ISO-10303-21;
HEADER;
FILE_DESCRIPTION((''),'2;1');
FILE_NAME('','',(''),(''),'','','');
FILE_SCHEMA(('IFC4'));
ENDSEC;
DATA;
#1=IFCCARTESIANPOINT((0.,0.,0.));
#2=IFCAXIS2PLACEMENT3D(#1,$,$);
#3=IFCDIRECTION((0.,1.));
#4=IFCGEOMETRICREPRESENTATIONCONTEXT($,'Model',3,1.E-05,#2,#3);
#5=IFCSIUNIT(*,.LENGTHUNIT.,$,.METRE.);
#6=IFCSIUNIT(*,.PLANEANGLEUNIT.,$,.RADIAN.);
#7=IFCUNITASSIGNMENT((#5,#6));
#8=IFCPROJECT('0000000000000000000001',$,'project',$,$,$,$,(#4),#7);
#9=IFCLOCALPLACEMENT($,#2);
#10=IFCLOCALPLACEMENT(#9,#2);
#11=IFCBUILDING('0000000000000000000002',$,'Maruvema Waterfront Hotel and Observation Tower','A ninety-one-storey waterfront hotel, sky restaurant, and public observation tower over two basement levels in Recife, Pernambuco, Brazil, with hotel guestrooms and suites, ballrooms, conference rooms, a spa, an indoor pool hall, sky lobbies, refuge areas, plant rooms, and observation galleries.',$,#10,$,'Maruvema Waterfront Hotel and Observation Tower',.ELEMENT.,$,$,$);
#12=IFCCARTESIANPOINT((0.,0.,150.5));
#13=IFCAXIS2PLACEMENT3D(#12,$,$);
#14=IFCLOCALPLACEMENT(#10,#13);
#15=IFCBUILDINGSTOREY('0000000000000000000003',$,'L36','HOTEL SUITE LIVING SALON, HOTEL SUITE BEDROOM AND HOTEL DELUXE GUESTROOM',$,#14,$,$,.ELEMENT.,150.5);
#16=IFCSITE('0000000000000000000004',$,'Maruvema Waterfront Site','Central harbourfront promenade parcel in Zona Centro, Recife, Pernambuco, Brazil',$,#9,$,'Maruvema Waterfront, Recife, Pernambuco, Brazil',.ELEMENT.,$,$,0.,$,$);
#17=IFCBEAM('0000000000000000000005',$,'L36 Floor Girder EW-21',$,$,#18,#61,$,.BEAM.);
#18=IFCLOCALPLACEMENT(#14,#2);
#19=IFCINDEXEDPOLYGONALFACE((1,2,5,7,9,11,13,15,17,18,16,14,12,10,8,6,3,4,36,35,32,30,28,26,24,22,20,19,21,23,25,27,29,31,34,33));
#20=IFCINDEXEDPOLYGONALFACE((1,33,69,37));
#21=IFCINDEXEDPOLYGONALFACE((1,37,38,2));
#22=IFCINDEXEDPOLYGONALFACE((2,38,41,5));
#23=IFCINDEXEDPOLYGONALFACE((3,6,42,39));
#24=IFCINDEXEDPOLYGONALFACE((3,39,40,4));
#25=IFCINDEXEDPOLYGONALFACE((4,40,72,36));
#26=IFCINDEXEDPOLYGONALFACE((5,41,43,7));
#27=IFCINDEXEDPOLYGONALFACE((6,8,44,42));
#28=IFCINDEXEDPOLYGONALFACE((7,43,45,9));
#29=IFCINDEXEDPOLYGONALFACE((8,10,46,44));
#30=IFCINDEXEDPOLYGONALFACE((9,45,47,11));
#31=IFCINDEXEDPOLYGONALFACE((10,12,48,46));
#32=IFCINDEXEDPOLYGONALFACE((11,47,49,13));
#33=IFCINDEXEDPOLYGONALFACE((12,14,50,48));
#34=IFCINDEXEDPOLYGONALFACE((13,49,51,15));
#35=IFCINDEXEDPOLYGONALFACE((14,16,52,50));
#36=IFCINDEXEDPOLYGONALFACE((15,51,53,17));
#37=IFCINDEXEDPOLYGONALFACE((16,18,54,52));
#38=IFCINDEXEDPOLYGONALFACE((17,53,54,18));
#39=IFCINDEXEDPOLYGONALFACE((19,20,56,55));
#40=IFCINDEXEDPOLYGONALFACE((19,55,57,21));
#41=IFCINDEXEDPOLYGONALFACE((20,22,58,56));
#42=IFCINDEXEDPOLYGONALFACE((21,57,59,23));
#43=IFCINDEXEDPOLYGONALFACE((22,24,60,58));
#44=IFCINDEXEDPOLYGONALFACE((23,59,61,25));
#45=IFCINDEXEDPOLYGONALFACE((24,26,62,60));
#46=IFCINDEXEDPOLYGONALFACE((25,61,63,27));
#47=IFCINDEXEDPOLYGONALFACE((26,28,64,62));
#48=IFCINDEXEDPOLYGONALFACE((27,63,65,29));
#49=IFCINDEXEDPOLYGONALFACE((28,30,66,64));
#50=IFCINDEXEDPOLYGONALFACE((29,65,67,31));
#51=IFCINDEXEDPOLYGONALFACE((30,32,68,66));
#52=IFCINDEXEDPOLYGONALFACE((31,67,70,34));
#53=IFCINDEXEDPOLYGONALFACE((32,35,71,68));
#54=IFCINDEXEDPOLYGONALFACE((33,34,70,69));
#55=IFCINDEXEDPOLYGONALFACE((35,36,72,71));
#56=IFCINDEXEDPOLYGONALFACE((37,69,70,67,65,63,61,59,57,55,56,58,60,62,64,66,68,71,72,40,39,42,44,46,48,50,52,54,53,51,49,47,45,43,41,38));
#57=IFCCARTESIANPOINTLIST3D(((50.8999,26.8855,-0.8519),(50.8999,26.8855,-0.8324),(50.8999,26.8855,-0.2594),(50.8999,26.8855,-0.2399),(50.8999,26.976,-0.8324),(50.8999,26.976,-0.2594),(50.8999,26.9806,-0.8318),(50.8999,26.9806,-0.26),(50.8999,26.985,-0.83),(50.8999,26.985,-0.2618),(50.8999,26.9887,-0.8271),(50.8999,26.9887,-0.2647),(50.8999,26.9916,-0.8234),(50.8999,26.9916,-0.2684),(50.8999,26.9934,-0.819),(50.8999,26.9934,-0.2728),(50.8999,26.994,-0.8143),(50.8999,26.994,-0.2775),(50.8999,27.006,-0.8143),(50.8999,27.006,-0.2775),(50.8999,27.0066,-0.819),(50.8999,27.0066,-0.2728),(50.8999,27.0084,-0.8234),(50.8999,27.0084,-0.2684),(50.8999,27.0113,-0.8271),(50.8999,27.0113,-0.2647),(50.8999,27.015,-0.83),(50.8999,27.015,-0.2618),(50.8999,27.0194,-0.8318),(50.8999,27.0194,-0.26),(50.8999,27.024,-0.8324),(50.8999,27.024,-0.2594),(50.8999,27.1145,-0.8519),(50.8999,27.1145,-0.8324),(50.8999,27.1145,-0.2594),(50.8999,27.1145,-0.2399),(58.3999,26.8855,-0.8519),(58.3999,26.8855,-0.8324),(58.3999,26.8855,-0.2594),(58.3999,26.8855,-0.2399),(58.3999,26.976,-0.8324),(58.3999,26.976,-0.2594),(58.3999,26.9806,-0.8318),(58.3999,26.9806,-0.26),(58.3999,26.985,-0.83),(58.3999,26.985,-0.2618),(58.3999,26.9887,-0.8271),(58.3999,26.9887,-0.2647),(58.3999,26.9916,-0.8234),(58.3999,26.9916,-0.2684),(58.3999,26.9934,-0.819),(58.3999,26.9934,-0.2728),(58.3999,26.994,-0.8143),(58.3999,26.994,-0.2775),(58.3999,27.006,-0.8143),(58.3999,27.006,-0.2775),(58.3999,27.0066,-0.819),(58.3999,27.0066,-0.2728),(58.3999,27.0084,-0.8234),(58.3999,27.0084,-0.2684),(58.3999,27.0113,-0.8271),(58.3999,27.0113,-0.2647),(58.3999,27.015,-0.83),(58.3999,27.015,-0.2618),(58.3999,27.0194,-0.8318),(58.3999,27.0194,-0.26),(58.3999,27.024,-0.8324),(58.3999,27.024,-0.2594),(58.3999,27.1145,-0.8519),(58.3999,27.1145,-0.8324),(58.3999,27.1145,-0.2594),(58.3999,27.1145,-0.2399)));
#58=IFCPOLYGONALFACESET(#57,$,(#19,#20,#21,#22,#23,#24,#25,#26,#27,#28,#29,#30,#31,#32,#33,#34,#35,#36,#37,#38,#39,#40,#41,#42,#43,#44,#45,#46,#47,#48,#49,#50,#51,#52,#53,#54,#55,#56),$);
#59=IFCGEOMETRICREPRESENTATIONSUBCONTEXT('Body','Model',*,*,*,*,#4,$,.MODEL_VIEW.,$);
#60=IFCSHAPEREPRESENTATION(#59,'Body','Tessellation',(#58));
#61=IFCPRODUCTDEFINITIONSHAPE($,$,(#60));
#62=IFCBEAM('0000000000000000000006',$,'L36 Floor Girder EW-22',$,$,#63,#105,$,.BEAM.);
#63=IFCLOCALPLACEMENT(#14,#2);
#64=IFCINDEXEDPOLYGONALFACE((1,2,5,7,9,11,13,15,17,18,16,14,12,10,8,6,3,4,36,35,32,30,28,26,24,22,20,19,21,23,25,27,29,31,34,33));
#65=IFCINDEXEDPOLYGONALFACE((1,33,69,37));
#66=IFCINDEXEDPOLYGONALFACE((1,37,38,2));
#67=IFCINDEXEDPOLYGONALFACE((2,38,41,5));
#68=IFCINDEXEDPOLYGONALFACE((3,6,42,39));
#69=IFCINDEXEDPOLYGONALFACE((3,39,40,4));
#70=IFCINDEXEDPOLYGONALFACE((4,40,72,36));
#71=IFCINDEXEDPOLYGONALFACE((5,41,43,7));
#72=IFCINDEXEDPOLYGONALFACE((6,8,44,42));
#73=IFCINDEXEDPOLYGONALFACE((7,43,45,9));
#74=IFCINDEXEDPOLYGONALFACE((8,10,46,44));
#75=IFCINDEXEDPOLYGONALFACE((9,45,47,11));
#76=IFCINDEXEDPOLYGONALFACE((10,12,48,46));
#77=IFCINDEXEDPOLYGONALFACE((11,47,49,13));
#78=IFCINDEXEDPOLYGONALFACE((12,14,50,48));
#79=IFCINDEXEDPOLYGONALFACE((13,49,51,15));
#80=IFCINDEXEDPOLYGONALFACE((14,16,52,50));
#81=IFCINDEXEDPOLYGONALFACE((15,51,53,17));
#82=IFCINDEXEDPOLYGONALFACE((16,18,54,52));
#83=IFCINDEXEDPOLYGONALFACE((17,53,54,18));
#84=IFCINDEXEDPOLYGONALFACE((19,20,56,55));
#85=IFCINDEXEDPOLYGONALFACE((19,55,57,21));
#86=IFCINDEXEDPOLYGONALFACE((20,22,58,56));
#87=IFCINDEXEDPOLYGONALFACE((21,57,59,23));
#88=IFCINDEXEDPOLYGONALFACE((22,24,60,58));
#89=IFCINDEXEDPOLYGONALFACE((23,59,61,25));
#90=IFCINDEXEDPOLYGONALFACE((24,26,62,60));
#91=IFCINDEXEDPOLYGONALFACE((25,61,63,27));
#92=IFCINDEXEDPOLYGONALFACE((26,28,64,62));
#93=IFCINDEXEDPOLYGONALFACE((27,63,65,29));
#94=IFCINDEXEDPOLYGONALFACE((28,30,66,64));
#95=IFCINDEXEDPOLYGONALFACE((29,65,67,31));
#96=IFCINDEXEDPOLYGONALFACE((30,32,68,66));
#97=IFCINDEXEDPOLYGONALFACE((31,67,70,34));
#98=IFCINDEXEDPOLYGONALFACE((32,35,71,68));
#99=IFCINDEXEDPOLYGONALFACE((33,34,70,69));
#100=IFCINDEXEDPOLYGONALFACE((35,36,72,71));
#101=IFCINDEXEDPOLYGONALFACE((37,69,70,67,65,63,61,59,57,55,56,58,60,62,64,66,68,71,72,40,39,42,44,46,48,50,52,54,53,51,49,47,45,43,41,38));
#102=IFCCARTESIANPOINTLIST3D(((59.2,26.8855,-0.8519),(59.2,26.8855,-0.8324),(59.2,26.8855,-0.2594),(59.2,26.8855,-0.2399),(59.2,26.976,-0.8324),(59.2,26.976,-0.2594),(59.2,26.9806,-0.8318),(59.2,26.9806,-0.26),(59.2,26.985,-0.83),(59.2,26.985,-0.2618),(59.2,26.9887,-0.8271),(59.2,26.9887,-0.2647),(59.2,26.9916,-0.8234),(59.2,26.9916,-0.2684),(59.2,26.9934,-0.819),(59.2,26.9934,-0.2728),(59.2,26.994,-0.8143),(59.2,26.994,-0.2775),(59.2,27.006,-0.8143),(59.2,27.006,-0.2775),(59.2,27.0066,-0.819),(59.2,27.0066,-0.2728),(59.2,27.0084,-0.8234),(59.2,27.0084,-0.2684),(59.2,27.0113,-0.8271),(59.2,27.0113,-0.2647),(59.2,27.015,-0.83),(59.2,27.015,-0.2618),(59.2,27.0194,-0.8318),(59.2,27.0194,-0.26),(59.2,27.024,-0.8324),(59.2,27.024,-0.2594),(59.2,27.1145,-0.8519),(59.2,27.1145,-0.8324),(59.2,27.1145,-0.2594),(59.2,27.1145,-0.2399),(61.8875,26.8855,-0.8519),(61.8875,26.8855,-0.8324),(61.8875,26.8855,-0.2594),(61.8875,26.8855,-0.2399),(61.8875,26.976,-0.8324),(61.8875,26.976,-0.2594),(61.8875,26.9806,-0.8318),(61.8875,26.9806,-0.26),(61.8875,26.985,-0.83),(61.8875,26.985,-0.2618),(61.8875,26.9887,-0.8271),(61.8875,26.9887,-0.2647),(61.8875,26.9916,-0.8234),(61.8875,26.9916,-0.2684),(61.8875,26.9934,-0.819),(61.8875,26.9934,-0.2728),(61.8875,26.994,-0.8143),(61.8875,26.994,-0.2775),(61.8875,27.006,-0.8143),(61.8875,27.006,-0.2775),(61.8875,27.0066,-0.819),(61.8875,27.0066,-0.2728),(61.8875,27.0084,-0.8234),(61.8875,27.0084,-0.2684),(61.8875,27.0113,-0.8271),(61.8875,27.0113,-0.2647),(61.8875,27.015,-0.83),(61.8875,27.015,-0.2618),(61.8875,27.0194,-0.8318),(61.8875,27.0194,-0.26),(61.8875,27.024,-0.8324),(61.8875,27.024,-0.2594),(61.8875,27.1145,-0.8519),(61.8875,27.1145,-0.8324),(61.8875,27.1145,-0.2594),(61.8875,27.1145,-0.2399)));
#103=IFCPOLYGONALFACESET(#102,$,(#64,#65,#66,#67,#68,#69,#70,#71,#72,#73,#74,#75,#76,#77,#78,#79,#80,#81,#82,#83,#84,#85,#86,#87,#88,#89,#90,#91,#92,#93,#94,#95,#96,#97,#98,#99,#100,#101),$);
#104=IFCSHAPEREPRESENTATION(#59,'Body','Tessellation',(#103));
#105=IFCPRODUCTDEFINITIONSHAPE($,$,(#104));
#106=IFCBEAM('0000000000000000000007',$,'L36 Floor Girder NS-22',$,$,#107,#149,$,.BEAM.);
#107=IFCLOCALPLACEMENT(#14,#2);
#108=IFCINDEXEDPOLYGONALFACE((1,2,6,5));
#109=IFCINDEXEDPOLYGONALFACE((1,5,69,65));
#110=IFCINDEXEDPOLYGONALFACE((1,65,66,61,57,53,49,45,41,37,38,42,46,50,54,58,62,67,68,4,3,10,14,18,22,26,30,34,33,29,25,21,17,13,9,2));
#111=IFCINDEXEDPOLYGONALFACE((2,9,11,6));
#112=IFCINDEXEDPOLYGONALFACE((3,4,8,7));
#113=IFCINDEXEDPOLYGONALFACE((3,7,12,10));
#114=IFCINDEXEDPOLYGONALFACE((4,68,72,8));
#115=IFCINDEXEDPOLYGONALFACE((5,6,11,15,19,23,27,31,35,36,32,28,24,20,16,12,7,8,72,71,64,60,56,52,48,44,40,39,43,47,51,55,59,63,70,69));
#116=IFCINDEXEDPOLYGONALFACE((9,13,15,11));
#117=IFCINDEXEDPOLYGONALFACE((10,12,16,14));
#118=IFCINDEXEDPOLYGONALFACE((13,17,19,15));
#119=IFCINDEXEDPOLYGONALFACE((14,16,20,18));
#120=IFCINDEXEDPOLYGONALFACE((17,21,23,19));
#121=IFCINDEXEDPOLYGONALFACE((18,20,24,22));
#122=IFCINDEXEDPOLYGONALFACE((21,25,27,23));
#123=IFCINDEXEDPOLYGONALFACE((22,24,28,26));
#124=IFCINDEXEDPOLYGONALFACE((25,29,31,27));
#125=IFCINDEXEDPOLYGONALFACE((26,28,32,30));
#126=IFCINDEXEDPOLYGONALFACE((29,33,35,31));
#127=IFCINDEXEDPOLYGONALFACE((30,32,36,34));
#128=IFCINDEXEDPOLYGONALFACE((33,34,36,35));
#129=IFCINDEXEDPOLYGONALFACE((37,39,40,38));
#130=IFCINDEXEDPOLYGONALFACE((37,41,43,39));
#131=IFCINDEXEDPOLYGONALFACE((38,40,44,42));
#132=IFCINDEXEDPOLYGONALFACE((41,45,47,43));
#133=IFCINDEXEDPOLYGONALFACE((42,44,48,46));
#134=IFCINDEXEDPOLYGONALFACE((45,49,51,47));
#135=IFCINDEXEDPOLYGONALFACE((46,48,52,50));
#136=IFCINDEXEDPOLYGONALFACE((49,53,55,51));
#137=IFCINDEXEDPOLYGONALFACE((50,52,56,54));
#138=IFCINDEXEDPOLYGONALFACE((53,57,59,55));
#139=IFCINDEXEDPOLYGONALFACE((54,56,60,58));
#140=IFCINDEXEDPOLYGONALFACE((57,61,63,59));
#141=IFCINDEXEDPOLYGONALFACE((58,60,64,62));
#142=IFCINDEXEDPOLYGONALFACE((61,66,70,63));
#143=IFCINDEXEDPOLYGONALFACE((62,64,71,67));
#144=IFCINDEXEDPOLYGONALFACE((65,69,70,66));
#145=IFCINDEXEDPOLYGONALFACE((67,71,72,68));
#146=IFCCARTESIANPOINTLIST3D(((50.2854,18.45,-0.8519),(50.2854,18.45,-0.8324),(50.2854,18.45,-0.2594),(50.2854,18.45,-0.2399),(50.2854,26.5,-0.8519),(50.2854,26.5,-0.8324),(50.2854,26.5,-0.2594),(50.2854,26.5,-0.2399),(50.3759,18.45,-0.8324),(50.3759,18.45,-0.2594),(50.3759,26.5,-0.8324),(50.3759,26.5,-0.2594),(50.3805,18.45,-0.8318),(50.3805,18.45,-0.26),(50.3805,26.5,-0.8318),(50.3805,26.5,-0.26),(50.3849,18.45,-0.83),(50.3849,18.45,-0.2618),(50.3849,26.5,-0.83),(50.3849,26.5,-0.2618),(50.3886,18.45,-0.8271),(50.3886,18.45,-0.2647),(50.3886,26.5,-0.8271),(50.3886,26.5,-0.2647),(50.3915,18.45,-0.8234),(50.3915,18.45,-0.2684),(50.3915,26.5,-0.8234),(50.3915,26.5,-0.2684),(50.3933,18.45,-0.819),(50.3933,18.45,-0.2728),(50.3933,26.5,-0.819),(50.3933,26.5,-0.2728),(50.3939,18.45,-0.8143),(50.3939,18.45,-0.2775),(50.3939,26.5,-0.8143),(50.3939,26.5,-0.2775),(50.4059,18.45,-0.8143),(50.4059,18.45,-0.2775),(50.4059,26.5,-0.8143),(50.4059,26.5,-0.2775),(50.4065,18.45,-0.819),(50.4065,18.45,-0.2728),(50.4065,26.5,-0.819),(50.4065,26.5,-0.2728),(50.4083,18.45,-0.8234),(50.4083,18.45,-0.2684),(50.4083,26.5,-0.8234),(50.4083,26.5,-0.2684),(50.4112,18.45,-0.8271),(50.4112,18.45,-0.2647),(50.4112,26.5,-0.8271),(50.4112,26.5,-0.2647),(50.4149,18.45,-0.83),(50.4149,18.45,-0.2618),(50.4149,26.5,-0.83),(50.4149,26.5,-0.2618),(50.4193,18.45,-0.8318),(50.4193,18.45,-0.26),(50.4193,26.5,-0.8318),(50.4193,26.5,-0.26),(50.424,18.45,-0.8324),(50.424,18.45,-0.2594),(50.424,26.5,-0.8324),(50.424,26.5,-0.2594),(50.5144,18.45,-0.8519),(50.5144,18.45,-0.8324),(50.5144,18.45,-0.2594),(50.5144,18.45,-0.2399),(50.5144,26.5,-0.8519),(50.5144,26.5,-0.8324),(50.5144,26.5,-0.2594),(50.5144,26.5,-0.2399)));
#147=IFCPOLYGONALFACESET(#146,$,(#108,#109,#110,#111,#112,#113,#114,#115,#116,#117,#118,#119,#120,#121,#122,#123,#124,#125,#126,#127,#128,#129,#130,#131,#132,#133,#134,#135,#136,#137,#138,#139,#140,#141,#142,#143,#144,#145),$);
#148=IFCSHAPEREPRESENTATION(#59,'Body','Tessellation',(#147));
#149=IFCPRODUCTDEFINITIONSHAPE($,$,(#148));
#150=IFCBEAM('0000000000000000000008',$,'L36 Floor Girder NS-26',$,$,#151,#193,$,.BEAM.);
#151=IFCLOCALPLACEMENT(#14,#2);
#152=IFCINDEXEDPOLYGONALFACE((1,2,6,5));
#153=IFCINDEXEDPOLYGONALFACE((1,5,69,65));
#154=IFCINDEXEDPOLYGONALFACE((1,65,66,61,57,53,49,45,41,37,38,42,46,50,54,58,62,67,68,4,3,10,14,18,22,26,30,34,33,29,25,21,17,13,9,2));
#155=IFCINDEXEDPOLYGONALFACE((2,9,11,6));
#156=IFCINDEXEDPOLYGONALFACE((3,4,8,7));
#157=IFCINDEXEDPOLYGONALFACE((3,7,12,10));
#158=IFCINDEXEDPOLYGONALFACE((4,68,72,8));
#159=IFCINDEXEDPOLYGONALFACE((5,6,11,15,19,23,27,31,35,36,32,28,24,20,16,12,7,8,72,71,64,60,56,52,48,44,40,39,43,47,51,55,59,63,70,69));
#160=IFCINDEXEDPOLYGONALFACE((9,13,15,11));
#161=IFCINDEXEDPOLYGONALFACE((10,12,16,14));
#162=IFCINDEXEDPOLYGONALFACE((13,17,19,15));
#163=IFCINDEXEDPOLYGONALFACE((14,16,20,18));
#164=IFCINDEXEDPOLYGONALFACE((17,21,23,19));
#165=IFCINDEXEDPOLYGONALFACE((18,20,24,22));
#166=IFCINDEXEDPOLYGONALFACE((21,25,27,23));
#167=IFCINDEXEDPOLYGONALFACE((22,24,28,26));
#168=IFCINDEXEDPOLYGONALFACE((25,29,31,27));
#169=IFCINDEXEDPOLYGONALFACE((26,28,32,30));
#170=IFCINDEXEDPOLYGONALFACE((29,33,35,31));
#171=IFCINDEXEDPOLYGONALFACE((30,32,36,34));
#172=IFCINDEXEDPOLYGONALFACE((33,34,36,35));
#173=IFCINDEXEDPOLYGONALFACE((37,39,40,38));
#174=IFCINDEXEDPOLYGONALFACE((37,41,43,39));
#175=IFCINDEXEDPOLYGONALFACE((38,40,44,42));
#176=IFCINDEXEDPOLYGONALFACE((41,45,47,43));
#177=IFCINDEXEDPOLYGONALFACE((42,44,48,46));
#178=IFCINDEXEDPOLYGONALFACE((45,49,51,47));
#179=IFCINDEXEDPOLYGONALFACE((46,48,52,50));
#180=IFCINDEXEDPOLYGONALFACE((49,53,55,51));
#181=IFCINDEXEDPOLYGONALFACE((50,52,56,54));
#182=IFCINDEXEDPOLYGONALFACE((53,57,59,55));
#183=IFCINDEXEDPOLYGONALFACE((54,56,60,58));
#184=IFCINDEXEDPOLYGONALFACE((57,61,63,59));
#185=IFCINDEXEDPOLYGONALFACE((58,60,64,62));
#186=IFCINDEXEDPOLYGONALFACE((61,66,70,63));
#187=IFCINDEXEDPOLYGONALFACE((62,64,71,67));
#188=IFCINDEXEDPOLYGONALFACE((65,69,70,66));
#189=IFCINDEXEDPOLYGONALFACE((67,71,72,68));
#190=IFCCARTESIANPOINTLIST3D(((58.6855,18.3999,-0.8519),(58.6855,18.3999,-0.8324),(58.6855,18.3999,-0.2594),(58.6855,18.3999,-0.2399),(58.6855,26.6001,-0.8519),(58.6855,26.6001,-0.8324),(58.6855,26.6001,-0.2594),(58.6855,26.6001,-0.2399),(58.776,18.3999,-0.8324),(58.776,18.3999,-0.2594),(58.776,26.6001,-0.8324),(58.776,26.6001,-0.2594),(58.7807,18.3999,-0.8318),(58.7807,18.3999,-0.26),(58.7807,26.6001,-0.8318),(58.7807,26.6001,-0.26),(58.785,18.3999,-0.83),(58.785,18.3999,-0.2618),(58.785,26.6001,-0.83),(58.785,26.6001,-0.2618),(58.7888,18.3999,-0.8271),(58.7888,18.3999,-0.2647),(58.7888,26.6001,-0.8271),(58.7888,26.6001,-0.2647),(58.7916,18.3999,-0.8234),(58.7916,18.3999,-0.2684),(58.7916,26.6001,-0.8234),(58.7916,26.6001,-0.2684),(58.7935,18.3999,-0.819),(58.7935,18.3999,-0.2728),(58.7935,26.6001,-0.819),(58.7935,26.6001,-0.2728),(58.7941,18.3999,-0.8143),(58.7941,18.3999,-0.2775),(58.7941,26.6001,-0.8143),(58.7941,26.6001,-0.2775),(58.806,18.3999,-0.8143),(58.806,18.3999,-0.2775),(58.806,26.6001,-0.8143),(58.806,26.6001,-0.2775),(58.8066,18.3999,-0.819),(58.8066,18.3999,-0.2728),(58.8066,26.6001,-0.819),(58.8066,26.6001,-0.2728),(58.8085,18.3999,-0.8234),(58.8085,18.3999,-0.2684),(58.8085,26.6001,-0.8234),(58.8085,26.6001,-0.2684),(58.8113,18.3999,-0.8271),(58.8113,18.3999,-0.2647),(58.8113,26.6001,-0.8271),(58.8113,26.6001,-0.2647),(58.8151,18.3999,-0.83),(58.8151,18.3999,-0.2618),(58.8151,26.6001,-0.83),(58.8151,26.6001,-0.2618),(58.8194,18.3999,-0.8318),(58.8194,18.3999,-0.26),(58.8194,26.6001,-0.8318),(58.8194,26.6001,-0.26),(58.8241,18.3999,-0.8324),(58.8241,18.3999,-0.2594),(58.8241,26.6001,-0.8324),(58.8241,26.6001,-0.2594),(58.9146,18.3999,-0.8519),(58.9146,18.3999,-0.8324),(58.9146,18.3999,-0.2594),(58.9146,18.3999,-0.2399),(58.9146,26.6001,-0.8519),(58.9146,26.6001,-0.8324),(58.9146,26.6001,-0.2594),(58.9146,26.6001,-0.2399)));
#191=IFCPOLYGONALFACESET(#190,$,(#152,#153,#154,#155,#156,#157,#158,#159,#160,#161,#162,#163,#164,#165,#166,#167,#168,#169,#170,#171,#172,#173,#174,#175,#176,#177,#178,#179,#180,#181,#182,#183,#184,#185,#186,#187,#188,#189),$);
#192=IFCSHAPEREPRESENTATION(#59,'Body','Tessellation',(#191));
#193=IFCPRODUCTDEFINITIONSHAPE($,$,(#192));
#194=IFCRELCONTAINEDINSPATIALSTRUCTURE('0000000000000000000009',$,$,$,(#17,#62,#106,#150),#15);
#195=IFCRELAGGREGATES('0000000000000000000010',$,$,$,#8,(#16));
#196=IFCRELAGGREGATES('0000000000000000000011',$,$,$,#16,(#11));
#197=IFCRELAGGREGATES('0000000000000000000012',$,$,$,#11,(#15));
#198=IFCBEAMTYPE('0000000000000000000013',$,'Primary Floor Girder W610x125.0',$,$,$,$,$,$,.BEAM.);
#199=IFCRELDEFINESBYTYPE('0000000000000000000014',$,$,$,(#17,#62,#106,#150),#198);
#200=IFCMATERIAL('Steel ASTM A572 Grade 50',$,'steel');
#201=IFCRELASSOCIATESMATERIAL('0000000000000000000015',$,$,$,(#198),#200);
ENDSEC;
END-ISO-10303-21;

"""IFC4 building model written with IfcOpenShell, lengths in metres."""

from ifc_helpers import new_model, si_unit, direction, frame, origin, origin_2d, place, context, subcontext, project, spatial, i_section, extrude, material, material_profile, profile_set, type_object, element, save


model = new_model("IFC4")

# Units and contexts
model_context = context("Model", 3, precision=1e-05, world=origin(), true_north=direction((0.0, 1.0)))
body_context = subcontext(model_context, "Body", "Model", "MODEL_VIEW")
ifc_project = project(units=[si_unit("LENGTHUNIT", "METRE"), si_unit("PLANEANGLEUNIT", "RADIAN")], contexts=[model_context])

# Site, building, storey
site_placement = place(None, origin())
site = spatial("IfcSite", under=ifc_project, at=site_placement, Name="Maruvema Waterfront Site", Description="Central harbourfront promenade parcel in Zona Centro, Recife, Pernambuco, Brazil", LongName="Maruvema Waterfront, Recife, Pernambuco, Brazil", CompositionType="ELEMENT", RefElevation=0.0)
building_placement = place(site_placement, origin())
building = spatial("IfcBuilding", under=site, at=building_placement, Name="Maruvema Waterfront Hotel and Observation Tower", Description="A ninety-one-storey waterfront hotel, sky restaurant, and public observation tower over two basement levels in Recife, Pernambuco, Brazil, with hotel guestrooms and suites, ballrooms, conference rooms, a spa, an indoor pool hall, sky lobbies, refuge areas, plant rooms, and observation galleries.", LongName="Maruvema Waterfront Hotel and Observation Tower", CompositionType="ELEMENT")
storey_placement = place(building_placement, frame((0.0, 0.0, 150.5)))
storey = spatial("IfcBuildingStorey", under=building, at=storey_placement, Name="L36", Description="HOTEL SUITE LIVING SALON, HOTEL SUITE BEDROOM AND HOTEL DELUXE GUESTROOM", CompositionType="ELEMENT", Elevation=150.5)

# Beams
ifc_material_1 = material(Name="Steel ASTM A572 Grade 50", Category="steel")
ifc_material_profile_1 = material_profile(ifc_material_1, i_section(OverallWidth=0.229, OverallDepth=0.6121, WebThickness=0.012, FlangeThickness=0.0195, FilletRadius=0.0181, at=origin_2d()), Name="W610x125.0")
ifc_profile_set_1 = profile_set([ifc_material_profile_1], Name="Steel ASTM A572 Grade 50")
beam_type_1 = type_object("IfcBeamType", Name="Primary Floor Girder W610x125.0", PredefinedType="BEAM", material=ifc_profile_set_1)
beam_1_placement = place(storey_placement, frame((50.8999, 27.0, -0.5459), z_axis=(1.0, 0.0, 0.0), x_axis=(0.0, 1.0, 0.0)))
element("IfcBeam", 1, at=beam_1_placement, inside=storey, type_object=beam_type_1, Name="L36 Floor Girder EW-21", PredefinedType="BEAM", context=body_context, shape_type="SweptSolid", body=[
    extrude(i_section(OverallWidth=0.229, OverallDepth=0.6121, WebThickness=0.012, FlangeThickness=0.0195, FilletRadius=0.0181, at=origin_2d()), origin(), (0.0, 0.0, 1.0), 7.5),
])
beam_2_placement = place(storey_placement, frame((59.2, 27.0, -0.5459), z_axis=(1.0, 0.0, 0.0), x_axis=(0.0, 1.0, 0.0)))
element("IfcBeam", 2, at=beam_2_placement, inside=storey, type_object=beam_type_1, Name="L36 Floor Girder EW-22", PredefinedType="BEAM", context=body_context, shape_type="SweptSolid", body=[
    extrude(i_section(OverallWidth=0.229, OverallDepth=0.6121, WebThickness=0.012, FlangeThickness=0.0195, FilletRadius=0.0181, at=origin_2d()), origin(), (0.0, 0.0, 1.0), 2.6875),
])
beam_3_placement = place(storey_placement, frame((50.3999, 18.45, -0.5459), z_axis=(0.0, 1.0, 0.0), x_axis=(-1.0, 0.0, 0.0)))
element("IfcBeam", 3, at=beam_3_placement, inside=storey, type_object=beam_type_1, Name="L36 Floor Girder NS-22", PredefinedType="BEAM", context=body_context, shape_type="SweptSolid", body=[
    extrude(i_section(OverallWidth=0.229, OverallDepth=0.6121, WebThickness=0.012, FlangeThickness=0.0195, FilletRadius=0.0181, at=origin_2d()), origin(), (0.0, 0.0, 1.0), 8.05),
])
for number, where, z_axis, x_axis, name in (
    (4, (58.8, 18.3999, -0.5459), (0.0, 1.0, 0.0), (-1.0, 0.0, 0.0), "L36 Floor Girder NS-26"),
):
    element("IfcBeam", number, at=place(storey_placement, frame(where, z_axis=z_axis, x_axis=x_axis)), inside=storey, type_object=beam_type_1, Name=name, PredefinedType="BEAM", context=body_context, shape_type="SweptSolid", body=[
        extrude(i_section(OverallWidth=0.229, OverallDepth=0.6121, WebThickness=0.012, FlangeThickness=0.0195, FilletRadius=0.0181, at=origin_2d()), origin(), (0.0, 0.0, 1.0), 8.2002),
    ])

save(model, "model.ifc")
